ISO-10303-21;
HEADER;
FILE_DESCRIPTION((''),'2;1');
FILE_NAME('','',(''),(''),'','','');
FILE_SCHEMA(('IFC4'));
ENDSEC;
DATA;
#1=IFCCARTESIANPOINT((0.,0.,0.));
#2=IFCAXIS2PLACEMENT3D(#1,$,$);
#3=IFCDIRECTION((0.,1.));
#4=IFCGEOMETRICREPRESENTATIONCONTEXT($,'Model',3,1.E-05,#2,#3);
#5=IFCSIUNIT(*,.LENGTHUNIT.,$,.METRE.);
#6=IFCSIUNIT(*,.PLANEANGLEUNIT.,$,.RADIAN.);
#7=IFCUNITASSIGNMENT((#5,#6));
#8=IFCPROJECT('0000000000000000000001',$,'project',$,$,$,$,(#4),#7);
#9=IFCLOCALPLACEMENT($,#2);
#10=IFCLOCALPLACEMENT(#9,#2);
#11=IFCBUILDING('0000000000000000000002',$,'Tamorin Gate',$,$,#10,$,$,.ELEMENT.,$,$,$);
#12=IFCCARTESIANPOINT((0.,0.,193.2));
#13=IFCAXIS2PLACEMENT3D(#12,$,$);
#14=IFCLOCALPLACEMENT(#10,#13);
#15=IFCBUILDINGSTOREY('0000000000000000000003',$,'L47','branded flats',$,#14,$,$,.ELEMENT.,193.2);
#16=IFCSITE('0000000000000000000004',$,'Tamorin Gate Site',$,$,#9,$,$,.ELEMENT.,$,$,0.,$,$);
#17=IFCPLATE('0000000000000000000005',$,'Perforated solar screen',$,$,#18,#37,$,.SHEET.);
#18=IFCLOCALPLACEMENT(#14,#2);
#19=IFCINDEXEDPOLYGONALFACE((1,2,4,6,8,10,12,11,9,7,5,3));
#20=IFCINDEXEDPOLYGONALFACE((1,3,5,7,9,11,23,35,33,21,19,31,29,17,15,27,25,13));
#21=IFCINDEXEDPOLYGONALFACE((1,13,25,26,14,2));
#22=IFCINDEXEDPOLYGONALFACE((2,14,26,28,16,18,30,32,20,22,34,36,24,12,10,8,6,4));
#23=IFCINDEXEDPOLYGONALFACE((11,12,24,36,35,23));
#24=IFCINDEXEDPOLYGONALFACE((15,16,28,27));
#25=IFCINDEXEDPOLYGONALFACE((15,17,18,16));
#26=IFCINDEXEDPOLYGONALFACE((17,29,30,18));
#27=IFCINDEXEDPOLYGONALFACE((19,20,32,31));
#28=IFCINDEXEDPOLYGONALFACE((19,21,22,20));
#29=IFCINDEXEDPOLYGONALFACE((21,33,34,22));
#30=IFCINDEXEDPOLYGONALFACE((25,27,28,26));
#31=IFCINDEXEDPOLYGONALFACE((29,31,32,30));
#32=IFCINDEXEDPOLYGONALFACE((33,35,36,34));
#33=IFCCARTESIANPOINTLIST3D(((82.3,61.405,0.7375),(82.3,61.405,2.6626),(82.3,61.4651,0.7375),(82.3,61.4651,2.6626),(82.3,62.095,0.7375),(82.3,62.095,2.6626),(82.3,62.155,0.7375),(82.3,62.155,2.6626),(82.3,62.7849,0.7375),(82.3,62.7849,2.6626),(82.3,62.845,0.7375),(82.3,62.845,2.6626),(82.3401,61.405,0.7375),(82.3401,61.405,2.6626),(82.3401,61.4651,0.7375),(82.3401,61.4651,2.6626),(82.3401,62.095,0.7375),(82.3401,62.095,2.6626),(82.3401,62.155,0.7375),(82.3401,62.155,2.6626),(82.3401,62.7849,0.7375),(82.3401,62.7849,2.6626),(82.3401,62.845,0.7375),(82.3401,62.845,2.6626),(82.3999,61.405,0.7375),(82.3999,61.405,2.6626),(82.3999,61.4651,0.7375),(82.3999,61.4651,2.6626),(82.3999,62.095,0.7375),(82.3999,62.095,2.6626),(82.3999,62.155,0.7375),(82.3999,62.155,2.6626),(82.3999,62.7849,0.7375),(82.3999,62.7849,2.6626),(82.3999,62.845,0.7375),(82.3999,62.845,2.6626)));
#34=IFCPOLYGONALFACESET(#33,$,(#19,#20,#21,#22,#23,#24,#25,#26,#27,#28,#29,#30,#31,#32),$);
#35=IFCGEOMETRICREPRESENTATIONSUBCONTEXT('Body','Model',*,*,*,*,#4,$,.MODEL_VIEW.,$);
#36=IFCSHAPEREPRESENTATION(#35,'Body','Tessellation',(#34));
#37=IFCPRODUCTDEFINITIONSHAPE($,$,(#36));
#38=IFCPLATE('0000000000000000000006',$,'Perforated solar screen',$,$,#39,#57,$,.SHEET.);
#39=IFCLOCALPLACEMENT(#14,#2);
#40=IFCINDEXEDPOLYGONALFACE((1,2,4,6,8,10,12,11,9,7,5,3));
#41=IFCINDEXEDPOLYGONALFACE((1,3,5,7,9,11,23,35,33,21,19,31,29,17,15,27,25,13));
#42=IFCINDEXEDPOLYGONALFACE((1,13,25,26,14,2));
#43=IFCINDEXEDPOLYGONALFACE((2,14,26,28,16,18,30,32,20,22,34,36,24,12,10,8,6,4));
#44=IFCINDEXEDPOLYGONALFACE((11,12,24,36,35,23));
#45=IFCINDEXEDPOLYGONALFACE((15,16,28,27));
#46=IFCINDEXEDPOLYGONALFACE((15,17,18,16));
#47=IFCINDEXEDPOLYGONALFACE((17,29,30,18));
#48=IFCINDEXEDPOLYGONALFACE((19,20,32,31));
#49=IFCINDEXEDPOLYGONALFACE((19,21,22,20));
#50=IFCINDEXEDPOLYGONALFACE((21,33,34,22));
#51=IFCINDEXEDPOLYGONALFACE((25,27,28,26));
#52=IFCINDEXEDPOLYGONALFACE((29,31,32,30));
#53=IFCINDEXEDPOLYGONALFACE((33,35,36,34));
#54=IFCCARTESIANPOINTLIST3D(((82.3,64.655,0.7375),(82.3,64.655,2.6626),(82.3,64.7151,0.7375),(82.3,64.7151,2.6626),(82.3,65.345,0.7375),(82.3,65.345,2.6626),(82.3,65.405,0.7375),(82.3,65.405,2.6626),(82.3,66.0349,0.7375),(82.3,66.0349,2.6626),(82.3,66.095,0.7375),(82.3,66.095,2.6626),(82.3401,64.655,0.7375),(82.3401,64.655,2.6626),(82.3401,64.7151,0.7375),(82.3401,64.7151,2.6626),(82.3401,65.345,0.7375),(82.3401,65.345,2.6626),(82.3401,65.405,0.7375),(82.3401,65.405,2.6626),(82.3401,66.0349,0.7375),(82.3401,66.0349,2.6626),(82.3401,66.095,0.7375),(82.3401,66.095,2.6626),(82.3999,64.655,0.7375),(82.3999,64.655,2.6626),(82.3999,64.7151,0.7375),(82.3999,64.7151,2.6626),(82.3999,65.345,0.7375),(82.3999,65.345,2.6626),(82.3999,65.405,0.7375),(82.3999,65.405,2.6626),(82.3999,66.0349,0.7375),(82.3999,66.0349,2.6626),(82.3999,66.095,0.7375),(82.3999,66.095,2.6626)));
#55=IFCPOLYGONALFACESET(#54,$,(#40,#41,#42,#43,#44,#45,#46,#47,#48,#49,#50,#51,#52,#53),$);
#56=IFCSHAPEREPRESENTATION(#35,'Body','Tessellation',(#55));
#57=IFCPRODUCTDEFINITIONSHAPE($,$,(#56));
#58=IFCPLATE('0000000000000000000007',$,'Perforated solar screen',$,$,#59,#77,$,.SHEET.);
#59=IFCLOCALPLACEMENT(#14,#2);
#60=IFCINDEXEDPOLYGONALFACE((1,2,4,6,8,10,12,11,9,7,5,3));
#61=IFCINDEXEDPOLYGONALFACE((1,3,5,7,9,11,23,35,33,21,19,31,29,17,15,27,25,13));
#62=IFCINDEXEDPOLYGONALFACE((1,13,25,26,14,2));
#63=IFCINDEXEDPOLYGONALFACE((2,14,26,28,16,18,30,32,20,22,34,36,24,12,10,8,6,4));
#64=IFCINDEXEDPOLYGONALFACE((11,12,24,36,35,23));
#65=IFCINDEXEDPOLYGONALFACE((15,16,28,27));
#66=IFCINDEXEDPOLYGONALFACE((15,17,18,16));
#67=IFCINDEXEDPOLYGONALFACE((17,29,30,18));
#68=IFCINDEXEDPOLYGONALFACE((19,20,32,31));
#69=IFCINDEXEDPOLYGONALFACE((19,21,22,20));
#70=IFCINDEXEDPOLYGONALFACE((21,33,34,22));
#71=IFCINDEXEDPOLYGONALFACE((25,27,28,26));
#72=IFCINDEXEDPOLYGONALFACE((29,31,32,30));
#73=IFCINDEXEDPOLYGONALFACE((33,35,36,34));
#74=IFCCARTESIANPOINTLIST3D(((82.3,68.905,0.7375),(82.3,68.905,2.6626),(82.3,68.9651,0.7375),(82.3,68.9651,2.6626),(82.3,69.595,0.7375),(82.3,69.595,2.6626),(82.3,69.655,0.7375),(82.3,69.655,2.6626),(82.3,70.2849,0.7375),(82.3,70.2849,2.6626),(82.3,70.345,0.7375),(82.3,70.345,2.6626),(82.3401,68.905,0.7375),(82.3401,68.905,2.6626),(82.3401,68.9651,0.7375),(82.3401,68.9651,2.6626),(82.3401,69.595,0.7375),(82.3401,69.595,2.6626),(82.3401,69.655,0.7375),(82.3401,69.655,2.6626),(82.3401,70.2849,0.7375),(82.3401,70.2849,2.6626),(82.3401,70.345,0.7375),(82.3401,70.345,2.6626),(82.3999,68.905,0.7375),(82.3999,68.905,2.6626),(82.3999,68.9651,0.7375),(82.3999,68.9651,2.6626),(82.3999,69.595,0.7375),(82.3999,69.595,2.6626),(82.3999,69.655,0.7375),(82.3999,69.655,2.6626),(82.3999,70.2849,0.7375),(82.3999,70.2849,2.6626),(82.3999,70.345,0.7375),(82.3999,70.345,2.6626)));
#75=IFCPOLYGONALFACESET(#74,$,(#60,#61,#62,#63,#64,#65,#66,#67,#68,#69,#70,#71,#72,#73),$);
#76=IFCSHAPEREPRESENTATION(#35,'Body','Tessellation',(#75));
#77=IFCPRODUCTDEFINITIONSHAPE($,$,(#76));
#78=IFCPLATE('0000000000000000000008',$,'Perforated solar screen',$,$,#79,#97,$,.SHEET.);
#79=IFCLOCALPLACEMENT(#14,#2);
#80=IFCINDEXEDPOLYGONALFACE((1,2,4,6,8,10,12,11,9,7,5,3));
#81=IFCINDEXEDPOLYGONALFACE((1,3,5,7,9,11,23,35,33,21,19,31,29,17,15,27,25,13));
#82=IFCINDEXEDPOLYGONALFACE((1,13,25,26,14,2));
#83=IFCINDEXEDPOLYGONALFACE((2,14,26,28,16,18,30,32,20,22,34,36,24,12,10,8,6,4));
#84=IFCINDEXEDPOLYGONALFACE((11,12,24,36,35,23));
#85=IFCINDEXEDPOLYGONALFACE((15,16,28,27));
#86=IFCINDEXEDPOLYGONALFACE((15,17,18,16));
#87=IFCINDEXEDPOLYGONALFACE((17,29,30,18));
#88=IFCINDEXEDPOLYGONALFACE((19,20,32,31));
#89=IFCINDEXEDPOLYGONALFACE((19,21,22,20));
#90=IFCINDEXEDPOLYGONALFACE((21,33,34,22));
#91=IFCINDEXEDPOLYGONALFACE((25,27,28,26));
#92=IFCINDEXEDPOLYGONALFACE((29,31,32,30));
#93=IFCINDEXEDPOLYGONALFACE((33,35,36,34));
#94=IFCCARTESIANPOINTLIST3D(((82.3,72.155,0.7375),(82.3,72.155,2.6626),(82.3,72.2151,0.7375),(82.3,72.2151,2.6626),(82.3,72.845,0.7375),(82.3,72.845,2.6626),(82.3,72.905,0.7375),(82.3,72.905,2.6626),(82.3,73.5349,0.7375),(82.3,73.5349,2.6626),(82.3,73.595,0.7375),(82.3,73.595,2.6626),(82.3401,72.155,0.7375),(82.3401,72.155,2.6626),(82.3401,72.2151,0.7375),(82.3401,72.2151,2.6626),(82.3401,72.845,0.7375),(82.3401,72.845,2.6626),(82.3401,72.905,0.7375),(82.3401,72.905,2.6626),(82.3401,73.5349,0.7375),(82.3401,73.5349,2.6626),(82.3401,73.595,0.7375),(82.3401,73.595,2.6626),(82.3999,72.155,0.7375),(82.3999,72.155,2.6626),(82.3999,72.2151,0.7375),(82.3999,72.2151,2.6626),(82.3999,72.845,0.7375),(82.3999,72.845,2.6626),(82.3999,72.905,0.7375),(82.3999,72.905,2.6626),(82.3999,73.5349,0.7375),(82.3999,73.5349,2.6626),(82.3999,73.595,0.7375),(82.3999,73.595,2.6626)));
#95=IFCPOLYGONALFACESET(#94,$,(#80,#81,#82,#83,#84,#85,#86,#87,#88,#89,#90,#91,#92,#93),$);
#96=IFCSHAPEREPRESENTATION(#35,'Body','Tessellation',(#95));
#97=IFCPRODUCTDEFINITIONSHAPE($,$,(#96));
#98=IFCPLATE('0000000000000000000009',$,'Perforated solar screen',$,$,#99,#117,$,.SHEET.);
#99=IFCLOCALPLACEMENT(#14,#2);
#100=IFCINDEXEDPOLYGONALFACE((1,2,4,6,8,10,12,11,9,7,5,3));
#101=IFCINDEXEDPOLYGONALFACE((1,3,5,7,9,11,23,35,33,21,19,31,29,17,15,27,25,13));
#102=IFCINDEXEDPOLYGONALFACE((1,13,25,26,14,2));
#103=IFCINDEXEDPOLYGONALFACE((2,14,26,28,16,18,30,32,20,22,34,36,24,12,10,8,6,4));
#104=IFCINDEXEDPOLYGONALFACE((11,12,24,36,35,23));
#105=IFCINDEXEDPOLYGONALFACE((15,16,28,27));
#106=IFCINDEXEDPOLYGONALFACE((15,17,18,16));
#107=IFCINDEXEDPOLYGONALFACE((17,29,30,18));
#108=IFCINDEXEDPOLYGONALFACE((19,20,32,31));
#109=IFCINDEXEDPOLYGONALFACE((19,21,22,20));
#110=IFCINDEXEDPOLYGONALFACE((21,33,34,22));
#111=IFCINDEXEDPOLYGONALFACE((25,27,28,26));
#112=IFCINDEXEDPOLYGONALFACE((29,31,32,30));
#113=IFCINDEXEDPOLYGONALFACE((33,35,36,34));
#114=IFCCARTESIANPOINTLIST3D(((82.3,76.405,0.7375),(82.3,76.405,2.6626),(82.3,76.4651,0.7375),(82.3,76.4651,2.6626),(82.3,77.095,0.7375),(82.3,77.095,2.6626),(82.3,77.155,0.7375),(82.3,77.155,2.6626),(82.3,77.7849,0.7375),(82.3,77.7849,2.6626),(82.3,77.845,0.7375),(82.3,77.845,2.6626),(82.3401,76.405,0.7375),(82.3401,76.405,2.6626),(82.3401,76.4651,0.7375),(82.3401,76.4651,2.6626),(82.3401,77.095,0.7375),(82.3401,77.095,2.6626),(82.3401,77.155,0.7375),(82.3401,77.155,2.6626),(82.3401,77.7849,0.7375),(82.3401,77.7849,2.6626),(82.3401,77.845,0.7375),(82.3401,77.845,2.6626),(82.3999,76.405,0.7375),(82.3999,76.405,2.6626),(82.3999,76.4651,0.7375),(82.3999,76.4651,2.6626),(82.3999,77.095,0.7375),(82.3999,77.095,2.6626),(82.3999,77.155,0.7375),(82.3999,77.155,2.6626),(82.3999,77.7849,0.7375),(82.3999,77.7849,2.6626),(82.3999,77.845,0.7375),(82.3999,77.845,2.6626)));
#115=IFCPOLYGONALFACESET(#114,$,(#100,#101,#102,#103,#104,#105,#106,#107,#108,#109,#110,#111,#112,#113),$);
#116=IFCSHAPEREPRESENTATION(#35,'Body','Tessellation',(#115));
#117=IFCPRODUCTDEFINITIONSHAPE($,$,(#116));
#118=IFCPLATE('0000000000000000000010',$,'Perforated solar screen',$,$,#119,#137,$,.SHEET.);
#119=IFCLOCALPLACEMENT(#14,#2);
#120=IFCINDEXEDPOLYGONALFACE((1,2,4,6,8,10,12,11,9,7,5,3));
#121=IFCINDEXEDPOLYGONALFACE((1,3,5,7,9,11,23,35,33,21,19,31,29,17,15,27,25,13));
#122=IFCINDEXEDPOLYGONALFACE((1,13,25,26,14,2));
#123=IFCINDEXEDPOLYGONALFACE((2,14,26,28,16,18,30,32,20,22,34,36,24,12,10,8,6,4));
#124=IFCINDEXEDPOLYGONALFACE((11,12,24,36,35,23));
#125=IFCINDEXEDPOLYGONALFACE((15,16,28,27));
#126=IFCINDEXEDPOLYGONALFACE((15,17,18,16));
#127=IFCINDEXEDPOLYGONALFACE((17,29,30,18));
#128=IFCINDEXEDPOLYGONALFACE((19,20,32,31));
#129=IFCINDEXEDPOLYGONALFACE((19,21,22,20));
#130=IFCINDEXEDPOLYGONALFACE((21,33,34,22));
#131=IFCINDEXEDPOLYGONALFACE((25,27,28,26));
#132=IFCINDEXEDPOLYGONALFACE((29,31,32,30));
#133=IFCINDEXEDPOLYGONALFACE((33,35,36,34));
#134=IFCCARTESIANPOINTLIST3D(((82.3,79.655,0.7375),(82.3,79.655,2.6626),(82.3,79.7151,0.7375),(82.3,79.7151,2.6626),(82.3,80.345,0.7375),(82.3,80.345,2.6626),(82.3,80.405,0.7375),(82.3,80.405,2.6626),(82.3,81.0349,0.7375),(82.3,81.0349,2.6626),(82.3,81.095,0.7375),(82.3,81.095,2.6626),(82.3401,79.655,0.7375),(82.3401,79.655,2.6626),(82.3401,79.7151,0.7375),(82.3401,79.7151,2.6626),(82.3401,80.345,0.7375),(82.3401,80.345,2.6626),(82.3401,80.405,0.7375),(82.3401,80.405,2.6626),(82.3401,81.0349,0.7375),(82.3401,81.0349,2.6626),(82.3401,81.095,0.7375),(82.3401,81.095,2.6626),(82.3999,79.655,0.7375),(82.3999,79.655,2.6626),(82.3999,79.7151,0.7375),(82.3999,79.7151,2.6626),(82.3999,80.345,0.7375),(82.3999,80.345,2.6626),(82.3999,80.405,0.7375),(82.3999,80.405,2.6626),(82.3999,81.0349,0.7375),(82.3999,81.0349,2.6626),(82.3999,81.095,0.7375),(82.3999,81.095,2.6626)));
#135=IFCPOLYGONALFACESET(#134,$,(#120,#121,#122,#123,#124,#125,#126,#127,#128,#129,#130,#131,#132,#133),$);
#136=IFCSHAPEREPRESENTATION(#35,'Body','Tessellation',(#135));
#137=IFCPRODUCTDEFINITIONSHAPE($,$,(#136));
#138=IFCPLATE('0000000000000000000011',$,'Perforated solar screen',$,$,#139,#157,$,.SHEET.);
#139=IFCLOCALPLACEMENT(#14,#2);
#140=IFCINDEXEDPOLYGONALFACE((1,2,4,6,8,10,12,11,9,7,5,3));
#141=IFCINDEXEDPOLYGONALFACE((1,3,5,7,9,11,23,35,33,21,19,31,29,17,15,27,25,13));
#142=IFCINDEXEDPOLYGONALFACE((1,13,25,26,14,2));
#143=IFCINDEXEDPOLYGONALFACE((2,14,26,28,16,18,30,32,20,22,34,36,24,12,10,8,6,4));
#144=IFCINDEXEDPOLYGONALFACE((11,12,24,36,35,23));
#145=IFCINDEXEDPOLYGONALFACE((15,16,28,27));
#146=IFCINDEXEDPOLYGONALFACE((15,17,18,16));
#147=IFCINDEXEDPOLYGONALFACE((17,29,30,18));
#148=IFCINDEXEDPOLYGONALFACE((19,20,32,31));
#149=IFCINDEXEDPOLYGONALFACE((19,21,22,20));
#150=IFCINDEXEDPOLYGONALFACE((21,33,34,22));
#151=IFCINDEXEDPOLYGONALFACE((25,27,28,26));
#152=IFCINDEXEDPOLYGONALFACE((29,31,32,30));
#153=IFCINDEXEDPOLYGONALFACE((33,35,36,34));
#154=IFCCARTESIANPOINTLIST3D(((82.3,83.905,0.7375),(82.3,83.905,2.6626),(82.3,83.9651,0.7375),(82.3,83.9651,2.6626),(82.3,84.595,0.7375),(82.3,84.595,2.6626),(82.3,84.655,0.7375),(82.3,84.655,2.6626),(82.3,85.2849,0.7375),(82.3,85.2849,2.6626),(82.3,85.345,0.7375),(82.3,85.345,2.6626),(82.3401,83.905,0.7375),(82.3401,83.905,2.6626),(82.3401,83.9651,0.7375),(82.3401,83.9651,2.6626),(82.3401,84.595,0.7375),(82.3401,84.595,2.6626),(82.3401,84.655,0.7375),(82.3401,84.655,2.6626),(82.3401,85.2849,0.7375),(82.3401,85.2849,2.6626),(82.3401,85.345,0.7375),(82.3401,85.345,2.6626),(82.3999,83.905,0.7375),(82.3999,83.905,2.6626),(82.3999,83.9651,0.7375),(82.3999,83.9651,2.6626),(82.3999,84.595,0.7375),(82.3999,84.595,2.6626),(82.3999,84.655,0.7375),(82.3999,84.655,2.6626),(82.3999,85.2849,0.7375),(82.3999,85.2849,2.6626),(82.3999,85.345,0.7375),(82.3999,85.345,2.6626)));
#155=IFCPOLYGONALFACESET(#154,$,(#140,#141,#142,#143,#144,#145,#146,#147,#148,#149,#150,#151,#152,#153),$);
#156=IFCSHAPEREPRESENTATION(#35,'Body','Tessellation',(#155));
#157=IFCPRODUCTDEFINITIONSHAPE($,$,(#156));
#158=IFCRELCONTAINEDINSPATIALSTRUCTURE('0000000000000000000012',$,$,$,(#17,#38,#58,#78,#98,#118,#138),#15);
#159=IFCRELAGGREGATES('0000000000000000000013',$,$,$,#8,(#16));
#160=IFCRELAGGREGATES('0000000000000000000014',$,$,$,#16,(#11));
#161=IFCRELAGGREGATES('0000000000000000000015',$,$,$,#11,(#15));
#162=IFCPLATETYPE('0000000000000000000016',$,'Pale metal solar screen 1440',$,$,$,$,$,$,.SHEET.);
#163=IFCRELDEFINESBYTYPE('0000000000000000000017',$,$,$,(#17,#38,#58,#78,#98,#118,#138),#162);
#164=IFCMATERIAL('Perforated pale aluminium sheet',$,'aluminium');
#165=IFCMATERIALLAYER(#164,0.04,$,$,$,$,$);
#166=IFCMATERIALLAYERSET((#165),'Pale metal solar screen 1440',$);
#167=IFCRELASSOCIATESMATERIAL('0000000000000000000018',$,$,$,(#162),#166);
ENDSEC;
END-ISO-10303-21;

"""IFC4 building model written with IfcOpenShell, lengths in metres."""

from ifc_helpers import new_model, si_unit, direction, frame, origin, place, context, subcontext, project, spatial, polyline, outline, extrude, material, layer, layer_set, type_object, element, save


model = new_model("IFC4")

# Units and contexts
model_context = context("Model", 3, precision=1e-05, world=origin(), true_north=direction((0.0, 1.0)))
body_context = subcontext(model_context, "Body", "Model", "MODEL_VIEW")
ifc_project = project(units=[si_unit("LENGTHUNIT", "METRE"), si_unit("PLANEANGLEUNIT", "RADIAN")], contexts=[model_context])

# Site, building, storey
site_placement = place(None, origin())
site = spatial("IfcSite", under=ifc_project, at=site_placement, Name="Tamorin Gate Site", CompositionType="ELEMENT", RefElevation=0.0)
building_placement = place(site_placement, origin())
building = spatial("IfcBuilding", under=site, at=building_placement, Name="Tamorin Gate", CompositionType="ELEMENT")
storey_placement = place(building_placement, frame((0.0, 0.0, 193.2)))
storey = spatial("IfcBuildingStorey", under=building, at=storey_placement, Name="L47", Description="branded flats", CompositionType="ELEMENT", Elevation=193.2)

# Plates
ifc_material_1 = material(Name="Perforated pale aluminium sheet", Category="aluminium")
ifc_layer_1 = layer(ifc_material_1, 0.04)
ifc_layer_set_1 = layer_set([ifc_layer_1], Name="Pale metal solar screen 1440")
plate_type_1 = type_object("IfcPlateType", Name="Pale metal solar screen 1440", PredefinedType="SHEET", material=ifc_layer_set_1)
plate_1_placement = place(storey_placement, frame((0.0, 0.0, 0.7375)))
element("IfcPlate", 1, at=plate_1_placement, inside=storey, type_object=plate_type_1, Name="Perforated solar screen", PredefinedType="SHEET", context=body_context, shape_type="SweptSolid", body=[
    extrude(outline(polyline([(82.3401, 61.405), (82.3, 61.405), (82.3, 61.4651), (82.3, 62.095), (82.3, 62.155), (82.3, 62.7849), (82.3, 62.845), (82.3401, 62.845), (82.3999, 62.845), (82.3999, 62.7849), (82.3401, 62.7849), (82.3401, 62.155), (82.3999, 62.155), (82.3999, 62.095), (82.3401, 62.095), (82.3401, 61.4651), (82.3999, 61.4651), (82.3999, 61.405), (82.3401, 61.405)])), origin(), (0.0, 0.0, 1.0), 1.925),
])
plate_2_placement = place(storey_placement, frame((0.0, 0.0, 0.7375)))
element("IfcPlate", 2, at=plate_2_placement, inside=storey, type_object=plate_type_1, Name="Perforated solar screen", PredefinedType="SHEET", context=body_context, shape_type="SweptSolid", body=[
    extrude(outline(polyline([(82.3401, 64.655), (82.3, 64.655), (82.3, 64.7151), (82.3, 65.345), (82.3, 65.405), (82.3, 66.0349), (82.3, 66.095), (82.3401, 66.095), (82.3999, 66.095), (82.3999, 66.0349), (82.3401, 66.0349), (82.3401, 65.405), (82.3999, 65.405), (82.3999, 65.345), (82.3401, 65.345), (82.3401, 64.7151), (82.3999, 64.7151), (82.3999, 64.655), (82.3401, 64.655)])), origin(), (0.0, 0.0, 1.0), 1.925),
])
plate_3_placement = place(storey_placement, frame((0.0, 0.0, 0.7375)))
element("IfcPlate", 3, at=plate_3_placement, inside=storey, type_object=plate_type_1, Name="Perforated solar screen", PredefinedType="SHEET", context=body_context, shape_type="SweptSolid", body=[
    extrude(outline(polyline([(82.3401, 68.905), (82.3, 68.905), (82.3, 68.9651), (82.3, 69.595), (82.3, 69.655), (82.3, 70.2849), (82.3, 70.345), (82.3401, 70.345), (82.3999, 70.345), (82.3999, 70.2849), (82.3401, 70.2849), (82.3401, 69.655), (82.3999, 69.655), (82.3999, 69.595), (82.3401, 69.595), (82.3401, 68.9651), (82.3999, 68.9651), (82.3999, 68.905), (82.3401, 68.905)])), origin(), (0.0, 0.0, 1.0), 1.925),
])
plate_4_placement = place(storey_placement, frame((0.0, 0.0, 0.7375)))
element("IfcPlate", 4, at=plate_4_placement, inside=storey, type_object=plate_type_1, Name="Perforated solar screen", PredefinedType="SHEET", context=body_context, shape_type="SweptSolid", body=[
    extrude(outline(polyline([(82.3401, 72.155), (82.3, 72.155), (82.3, 72.2151), (82.3, 72.845), (82.3, 72.905), (82.3, 73.5349), (82.3, 73.595), (82.3401, 73.595), (82.3999, 73.595), (82.3999, 73.5349), (82.3401, 73.5349), (82.3401, 72.905), (82.3999, 72.905), (82.3999, 72.845), (82.3401, 72.845), (82.3401, 72.2151), (82.3999, 72.2151), (82.3999, 72.155), (82.3401, 72.155)])), origin(), (0.0, 0.0, 1.0), 1.925),
])
plate_5_placement = place(storey_placement, frame((0.0, 0.0, 0.7375)))
element("IfcPlate", 5, at=plate_5_placement, inside=storey, type_object=plate_type_1, Name="Perforated solar screen", PredefinedType="SHEET", context=body_context, shape_type="SweptSolid", body=[
    extrude(outline(polyline([(82.3401, 76.405), (82.3, 76.405), (82.3, 76.4651), (82.3, 77.095), (82.3, 77.155), (82.3, 77.7849), (82.3, 77.845), (82.3401, 77.845), (82.3999, 77.845), (82.3999, 77.7849), (82.3401, 77.7849), (82.3401, 77.155), (82.3999, 77.155), (82.3999, 77.095), (82.3401, 77.095), (82.3401, 76.4651), (82.3999, 76.4651), (82.3999, 76.405), (82.3401, 76.405)])), origin(), (0.0, 0.0, 1.0), 1.925),
])
plate_6_placement = place(storey_placement, frame((0.0, 0.0, 0.7375)))
element("IfcPlate", 6, at=plate_6_placement, inside=storey, type_object=plate_type_1, Name="Perforated solar screen", PredefinedType="SHEET", context=body_context, shape_type="SweptSolid", body=[
    extrude(outline(polyline([(82.3401, 79.655), (82.3, 79.655), (82.3, 79.7151), (82.3, 80.345), (82.3, 80.405), (82.3, 81.0349), (82.3, 81.095), (82.3401, 81.095), (82.3999, 81.095), (82.3999, 81.0349), (82.3401, 81.0349), (82.3401, 80.405), (82.3999, 80.405), (82.3999, 80.345), (82.3401, 80.345), (82.3401, 79.7151), (82.3999, 79.7151), (82.3999, 79.655), (82.3401, 79.655)])), origin(), (0.0, 0.0, 1.0), 1.925),
])
plate_7_placement = place(storey_placement, frame((0.0, 0.0, 0.7375)))
element("IfcPlate", 7, at=plate_7_placement, inside=storey, type_object=plate_type_1, Name="Perforated solar screen", PredefinedType="SHEET", context=body_context, shape_type="SweptSolid", body=[
    extrude(outline(polyline([(82.3401, 83.905), (82.3, 83.905), (82.3, 83.9651), (82.3, 84.595), (82.3, 84.655), (82.3, 85.2849), (82.3, 85.345), (82.3401, 85.345), (82.3999, 85.345), (82.3999, 85.2849), (82.3401, 85.2849), (82.3401, 84.655), (82.3999, 84.655), (82.3999, 84.595), (82.3401, 84.595), (82.3401, 83.9651), (82.3999, 83.9651), (82.3999, 83.905), (82.3401, 83.905)])), origin(), (0.0, 0.0, 1.0), 1.925),
])

save(model, "model.ifc")
